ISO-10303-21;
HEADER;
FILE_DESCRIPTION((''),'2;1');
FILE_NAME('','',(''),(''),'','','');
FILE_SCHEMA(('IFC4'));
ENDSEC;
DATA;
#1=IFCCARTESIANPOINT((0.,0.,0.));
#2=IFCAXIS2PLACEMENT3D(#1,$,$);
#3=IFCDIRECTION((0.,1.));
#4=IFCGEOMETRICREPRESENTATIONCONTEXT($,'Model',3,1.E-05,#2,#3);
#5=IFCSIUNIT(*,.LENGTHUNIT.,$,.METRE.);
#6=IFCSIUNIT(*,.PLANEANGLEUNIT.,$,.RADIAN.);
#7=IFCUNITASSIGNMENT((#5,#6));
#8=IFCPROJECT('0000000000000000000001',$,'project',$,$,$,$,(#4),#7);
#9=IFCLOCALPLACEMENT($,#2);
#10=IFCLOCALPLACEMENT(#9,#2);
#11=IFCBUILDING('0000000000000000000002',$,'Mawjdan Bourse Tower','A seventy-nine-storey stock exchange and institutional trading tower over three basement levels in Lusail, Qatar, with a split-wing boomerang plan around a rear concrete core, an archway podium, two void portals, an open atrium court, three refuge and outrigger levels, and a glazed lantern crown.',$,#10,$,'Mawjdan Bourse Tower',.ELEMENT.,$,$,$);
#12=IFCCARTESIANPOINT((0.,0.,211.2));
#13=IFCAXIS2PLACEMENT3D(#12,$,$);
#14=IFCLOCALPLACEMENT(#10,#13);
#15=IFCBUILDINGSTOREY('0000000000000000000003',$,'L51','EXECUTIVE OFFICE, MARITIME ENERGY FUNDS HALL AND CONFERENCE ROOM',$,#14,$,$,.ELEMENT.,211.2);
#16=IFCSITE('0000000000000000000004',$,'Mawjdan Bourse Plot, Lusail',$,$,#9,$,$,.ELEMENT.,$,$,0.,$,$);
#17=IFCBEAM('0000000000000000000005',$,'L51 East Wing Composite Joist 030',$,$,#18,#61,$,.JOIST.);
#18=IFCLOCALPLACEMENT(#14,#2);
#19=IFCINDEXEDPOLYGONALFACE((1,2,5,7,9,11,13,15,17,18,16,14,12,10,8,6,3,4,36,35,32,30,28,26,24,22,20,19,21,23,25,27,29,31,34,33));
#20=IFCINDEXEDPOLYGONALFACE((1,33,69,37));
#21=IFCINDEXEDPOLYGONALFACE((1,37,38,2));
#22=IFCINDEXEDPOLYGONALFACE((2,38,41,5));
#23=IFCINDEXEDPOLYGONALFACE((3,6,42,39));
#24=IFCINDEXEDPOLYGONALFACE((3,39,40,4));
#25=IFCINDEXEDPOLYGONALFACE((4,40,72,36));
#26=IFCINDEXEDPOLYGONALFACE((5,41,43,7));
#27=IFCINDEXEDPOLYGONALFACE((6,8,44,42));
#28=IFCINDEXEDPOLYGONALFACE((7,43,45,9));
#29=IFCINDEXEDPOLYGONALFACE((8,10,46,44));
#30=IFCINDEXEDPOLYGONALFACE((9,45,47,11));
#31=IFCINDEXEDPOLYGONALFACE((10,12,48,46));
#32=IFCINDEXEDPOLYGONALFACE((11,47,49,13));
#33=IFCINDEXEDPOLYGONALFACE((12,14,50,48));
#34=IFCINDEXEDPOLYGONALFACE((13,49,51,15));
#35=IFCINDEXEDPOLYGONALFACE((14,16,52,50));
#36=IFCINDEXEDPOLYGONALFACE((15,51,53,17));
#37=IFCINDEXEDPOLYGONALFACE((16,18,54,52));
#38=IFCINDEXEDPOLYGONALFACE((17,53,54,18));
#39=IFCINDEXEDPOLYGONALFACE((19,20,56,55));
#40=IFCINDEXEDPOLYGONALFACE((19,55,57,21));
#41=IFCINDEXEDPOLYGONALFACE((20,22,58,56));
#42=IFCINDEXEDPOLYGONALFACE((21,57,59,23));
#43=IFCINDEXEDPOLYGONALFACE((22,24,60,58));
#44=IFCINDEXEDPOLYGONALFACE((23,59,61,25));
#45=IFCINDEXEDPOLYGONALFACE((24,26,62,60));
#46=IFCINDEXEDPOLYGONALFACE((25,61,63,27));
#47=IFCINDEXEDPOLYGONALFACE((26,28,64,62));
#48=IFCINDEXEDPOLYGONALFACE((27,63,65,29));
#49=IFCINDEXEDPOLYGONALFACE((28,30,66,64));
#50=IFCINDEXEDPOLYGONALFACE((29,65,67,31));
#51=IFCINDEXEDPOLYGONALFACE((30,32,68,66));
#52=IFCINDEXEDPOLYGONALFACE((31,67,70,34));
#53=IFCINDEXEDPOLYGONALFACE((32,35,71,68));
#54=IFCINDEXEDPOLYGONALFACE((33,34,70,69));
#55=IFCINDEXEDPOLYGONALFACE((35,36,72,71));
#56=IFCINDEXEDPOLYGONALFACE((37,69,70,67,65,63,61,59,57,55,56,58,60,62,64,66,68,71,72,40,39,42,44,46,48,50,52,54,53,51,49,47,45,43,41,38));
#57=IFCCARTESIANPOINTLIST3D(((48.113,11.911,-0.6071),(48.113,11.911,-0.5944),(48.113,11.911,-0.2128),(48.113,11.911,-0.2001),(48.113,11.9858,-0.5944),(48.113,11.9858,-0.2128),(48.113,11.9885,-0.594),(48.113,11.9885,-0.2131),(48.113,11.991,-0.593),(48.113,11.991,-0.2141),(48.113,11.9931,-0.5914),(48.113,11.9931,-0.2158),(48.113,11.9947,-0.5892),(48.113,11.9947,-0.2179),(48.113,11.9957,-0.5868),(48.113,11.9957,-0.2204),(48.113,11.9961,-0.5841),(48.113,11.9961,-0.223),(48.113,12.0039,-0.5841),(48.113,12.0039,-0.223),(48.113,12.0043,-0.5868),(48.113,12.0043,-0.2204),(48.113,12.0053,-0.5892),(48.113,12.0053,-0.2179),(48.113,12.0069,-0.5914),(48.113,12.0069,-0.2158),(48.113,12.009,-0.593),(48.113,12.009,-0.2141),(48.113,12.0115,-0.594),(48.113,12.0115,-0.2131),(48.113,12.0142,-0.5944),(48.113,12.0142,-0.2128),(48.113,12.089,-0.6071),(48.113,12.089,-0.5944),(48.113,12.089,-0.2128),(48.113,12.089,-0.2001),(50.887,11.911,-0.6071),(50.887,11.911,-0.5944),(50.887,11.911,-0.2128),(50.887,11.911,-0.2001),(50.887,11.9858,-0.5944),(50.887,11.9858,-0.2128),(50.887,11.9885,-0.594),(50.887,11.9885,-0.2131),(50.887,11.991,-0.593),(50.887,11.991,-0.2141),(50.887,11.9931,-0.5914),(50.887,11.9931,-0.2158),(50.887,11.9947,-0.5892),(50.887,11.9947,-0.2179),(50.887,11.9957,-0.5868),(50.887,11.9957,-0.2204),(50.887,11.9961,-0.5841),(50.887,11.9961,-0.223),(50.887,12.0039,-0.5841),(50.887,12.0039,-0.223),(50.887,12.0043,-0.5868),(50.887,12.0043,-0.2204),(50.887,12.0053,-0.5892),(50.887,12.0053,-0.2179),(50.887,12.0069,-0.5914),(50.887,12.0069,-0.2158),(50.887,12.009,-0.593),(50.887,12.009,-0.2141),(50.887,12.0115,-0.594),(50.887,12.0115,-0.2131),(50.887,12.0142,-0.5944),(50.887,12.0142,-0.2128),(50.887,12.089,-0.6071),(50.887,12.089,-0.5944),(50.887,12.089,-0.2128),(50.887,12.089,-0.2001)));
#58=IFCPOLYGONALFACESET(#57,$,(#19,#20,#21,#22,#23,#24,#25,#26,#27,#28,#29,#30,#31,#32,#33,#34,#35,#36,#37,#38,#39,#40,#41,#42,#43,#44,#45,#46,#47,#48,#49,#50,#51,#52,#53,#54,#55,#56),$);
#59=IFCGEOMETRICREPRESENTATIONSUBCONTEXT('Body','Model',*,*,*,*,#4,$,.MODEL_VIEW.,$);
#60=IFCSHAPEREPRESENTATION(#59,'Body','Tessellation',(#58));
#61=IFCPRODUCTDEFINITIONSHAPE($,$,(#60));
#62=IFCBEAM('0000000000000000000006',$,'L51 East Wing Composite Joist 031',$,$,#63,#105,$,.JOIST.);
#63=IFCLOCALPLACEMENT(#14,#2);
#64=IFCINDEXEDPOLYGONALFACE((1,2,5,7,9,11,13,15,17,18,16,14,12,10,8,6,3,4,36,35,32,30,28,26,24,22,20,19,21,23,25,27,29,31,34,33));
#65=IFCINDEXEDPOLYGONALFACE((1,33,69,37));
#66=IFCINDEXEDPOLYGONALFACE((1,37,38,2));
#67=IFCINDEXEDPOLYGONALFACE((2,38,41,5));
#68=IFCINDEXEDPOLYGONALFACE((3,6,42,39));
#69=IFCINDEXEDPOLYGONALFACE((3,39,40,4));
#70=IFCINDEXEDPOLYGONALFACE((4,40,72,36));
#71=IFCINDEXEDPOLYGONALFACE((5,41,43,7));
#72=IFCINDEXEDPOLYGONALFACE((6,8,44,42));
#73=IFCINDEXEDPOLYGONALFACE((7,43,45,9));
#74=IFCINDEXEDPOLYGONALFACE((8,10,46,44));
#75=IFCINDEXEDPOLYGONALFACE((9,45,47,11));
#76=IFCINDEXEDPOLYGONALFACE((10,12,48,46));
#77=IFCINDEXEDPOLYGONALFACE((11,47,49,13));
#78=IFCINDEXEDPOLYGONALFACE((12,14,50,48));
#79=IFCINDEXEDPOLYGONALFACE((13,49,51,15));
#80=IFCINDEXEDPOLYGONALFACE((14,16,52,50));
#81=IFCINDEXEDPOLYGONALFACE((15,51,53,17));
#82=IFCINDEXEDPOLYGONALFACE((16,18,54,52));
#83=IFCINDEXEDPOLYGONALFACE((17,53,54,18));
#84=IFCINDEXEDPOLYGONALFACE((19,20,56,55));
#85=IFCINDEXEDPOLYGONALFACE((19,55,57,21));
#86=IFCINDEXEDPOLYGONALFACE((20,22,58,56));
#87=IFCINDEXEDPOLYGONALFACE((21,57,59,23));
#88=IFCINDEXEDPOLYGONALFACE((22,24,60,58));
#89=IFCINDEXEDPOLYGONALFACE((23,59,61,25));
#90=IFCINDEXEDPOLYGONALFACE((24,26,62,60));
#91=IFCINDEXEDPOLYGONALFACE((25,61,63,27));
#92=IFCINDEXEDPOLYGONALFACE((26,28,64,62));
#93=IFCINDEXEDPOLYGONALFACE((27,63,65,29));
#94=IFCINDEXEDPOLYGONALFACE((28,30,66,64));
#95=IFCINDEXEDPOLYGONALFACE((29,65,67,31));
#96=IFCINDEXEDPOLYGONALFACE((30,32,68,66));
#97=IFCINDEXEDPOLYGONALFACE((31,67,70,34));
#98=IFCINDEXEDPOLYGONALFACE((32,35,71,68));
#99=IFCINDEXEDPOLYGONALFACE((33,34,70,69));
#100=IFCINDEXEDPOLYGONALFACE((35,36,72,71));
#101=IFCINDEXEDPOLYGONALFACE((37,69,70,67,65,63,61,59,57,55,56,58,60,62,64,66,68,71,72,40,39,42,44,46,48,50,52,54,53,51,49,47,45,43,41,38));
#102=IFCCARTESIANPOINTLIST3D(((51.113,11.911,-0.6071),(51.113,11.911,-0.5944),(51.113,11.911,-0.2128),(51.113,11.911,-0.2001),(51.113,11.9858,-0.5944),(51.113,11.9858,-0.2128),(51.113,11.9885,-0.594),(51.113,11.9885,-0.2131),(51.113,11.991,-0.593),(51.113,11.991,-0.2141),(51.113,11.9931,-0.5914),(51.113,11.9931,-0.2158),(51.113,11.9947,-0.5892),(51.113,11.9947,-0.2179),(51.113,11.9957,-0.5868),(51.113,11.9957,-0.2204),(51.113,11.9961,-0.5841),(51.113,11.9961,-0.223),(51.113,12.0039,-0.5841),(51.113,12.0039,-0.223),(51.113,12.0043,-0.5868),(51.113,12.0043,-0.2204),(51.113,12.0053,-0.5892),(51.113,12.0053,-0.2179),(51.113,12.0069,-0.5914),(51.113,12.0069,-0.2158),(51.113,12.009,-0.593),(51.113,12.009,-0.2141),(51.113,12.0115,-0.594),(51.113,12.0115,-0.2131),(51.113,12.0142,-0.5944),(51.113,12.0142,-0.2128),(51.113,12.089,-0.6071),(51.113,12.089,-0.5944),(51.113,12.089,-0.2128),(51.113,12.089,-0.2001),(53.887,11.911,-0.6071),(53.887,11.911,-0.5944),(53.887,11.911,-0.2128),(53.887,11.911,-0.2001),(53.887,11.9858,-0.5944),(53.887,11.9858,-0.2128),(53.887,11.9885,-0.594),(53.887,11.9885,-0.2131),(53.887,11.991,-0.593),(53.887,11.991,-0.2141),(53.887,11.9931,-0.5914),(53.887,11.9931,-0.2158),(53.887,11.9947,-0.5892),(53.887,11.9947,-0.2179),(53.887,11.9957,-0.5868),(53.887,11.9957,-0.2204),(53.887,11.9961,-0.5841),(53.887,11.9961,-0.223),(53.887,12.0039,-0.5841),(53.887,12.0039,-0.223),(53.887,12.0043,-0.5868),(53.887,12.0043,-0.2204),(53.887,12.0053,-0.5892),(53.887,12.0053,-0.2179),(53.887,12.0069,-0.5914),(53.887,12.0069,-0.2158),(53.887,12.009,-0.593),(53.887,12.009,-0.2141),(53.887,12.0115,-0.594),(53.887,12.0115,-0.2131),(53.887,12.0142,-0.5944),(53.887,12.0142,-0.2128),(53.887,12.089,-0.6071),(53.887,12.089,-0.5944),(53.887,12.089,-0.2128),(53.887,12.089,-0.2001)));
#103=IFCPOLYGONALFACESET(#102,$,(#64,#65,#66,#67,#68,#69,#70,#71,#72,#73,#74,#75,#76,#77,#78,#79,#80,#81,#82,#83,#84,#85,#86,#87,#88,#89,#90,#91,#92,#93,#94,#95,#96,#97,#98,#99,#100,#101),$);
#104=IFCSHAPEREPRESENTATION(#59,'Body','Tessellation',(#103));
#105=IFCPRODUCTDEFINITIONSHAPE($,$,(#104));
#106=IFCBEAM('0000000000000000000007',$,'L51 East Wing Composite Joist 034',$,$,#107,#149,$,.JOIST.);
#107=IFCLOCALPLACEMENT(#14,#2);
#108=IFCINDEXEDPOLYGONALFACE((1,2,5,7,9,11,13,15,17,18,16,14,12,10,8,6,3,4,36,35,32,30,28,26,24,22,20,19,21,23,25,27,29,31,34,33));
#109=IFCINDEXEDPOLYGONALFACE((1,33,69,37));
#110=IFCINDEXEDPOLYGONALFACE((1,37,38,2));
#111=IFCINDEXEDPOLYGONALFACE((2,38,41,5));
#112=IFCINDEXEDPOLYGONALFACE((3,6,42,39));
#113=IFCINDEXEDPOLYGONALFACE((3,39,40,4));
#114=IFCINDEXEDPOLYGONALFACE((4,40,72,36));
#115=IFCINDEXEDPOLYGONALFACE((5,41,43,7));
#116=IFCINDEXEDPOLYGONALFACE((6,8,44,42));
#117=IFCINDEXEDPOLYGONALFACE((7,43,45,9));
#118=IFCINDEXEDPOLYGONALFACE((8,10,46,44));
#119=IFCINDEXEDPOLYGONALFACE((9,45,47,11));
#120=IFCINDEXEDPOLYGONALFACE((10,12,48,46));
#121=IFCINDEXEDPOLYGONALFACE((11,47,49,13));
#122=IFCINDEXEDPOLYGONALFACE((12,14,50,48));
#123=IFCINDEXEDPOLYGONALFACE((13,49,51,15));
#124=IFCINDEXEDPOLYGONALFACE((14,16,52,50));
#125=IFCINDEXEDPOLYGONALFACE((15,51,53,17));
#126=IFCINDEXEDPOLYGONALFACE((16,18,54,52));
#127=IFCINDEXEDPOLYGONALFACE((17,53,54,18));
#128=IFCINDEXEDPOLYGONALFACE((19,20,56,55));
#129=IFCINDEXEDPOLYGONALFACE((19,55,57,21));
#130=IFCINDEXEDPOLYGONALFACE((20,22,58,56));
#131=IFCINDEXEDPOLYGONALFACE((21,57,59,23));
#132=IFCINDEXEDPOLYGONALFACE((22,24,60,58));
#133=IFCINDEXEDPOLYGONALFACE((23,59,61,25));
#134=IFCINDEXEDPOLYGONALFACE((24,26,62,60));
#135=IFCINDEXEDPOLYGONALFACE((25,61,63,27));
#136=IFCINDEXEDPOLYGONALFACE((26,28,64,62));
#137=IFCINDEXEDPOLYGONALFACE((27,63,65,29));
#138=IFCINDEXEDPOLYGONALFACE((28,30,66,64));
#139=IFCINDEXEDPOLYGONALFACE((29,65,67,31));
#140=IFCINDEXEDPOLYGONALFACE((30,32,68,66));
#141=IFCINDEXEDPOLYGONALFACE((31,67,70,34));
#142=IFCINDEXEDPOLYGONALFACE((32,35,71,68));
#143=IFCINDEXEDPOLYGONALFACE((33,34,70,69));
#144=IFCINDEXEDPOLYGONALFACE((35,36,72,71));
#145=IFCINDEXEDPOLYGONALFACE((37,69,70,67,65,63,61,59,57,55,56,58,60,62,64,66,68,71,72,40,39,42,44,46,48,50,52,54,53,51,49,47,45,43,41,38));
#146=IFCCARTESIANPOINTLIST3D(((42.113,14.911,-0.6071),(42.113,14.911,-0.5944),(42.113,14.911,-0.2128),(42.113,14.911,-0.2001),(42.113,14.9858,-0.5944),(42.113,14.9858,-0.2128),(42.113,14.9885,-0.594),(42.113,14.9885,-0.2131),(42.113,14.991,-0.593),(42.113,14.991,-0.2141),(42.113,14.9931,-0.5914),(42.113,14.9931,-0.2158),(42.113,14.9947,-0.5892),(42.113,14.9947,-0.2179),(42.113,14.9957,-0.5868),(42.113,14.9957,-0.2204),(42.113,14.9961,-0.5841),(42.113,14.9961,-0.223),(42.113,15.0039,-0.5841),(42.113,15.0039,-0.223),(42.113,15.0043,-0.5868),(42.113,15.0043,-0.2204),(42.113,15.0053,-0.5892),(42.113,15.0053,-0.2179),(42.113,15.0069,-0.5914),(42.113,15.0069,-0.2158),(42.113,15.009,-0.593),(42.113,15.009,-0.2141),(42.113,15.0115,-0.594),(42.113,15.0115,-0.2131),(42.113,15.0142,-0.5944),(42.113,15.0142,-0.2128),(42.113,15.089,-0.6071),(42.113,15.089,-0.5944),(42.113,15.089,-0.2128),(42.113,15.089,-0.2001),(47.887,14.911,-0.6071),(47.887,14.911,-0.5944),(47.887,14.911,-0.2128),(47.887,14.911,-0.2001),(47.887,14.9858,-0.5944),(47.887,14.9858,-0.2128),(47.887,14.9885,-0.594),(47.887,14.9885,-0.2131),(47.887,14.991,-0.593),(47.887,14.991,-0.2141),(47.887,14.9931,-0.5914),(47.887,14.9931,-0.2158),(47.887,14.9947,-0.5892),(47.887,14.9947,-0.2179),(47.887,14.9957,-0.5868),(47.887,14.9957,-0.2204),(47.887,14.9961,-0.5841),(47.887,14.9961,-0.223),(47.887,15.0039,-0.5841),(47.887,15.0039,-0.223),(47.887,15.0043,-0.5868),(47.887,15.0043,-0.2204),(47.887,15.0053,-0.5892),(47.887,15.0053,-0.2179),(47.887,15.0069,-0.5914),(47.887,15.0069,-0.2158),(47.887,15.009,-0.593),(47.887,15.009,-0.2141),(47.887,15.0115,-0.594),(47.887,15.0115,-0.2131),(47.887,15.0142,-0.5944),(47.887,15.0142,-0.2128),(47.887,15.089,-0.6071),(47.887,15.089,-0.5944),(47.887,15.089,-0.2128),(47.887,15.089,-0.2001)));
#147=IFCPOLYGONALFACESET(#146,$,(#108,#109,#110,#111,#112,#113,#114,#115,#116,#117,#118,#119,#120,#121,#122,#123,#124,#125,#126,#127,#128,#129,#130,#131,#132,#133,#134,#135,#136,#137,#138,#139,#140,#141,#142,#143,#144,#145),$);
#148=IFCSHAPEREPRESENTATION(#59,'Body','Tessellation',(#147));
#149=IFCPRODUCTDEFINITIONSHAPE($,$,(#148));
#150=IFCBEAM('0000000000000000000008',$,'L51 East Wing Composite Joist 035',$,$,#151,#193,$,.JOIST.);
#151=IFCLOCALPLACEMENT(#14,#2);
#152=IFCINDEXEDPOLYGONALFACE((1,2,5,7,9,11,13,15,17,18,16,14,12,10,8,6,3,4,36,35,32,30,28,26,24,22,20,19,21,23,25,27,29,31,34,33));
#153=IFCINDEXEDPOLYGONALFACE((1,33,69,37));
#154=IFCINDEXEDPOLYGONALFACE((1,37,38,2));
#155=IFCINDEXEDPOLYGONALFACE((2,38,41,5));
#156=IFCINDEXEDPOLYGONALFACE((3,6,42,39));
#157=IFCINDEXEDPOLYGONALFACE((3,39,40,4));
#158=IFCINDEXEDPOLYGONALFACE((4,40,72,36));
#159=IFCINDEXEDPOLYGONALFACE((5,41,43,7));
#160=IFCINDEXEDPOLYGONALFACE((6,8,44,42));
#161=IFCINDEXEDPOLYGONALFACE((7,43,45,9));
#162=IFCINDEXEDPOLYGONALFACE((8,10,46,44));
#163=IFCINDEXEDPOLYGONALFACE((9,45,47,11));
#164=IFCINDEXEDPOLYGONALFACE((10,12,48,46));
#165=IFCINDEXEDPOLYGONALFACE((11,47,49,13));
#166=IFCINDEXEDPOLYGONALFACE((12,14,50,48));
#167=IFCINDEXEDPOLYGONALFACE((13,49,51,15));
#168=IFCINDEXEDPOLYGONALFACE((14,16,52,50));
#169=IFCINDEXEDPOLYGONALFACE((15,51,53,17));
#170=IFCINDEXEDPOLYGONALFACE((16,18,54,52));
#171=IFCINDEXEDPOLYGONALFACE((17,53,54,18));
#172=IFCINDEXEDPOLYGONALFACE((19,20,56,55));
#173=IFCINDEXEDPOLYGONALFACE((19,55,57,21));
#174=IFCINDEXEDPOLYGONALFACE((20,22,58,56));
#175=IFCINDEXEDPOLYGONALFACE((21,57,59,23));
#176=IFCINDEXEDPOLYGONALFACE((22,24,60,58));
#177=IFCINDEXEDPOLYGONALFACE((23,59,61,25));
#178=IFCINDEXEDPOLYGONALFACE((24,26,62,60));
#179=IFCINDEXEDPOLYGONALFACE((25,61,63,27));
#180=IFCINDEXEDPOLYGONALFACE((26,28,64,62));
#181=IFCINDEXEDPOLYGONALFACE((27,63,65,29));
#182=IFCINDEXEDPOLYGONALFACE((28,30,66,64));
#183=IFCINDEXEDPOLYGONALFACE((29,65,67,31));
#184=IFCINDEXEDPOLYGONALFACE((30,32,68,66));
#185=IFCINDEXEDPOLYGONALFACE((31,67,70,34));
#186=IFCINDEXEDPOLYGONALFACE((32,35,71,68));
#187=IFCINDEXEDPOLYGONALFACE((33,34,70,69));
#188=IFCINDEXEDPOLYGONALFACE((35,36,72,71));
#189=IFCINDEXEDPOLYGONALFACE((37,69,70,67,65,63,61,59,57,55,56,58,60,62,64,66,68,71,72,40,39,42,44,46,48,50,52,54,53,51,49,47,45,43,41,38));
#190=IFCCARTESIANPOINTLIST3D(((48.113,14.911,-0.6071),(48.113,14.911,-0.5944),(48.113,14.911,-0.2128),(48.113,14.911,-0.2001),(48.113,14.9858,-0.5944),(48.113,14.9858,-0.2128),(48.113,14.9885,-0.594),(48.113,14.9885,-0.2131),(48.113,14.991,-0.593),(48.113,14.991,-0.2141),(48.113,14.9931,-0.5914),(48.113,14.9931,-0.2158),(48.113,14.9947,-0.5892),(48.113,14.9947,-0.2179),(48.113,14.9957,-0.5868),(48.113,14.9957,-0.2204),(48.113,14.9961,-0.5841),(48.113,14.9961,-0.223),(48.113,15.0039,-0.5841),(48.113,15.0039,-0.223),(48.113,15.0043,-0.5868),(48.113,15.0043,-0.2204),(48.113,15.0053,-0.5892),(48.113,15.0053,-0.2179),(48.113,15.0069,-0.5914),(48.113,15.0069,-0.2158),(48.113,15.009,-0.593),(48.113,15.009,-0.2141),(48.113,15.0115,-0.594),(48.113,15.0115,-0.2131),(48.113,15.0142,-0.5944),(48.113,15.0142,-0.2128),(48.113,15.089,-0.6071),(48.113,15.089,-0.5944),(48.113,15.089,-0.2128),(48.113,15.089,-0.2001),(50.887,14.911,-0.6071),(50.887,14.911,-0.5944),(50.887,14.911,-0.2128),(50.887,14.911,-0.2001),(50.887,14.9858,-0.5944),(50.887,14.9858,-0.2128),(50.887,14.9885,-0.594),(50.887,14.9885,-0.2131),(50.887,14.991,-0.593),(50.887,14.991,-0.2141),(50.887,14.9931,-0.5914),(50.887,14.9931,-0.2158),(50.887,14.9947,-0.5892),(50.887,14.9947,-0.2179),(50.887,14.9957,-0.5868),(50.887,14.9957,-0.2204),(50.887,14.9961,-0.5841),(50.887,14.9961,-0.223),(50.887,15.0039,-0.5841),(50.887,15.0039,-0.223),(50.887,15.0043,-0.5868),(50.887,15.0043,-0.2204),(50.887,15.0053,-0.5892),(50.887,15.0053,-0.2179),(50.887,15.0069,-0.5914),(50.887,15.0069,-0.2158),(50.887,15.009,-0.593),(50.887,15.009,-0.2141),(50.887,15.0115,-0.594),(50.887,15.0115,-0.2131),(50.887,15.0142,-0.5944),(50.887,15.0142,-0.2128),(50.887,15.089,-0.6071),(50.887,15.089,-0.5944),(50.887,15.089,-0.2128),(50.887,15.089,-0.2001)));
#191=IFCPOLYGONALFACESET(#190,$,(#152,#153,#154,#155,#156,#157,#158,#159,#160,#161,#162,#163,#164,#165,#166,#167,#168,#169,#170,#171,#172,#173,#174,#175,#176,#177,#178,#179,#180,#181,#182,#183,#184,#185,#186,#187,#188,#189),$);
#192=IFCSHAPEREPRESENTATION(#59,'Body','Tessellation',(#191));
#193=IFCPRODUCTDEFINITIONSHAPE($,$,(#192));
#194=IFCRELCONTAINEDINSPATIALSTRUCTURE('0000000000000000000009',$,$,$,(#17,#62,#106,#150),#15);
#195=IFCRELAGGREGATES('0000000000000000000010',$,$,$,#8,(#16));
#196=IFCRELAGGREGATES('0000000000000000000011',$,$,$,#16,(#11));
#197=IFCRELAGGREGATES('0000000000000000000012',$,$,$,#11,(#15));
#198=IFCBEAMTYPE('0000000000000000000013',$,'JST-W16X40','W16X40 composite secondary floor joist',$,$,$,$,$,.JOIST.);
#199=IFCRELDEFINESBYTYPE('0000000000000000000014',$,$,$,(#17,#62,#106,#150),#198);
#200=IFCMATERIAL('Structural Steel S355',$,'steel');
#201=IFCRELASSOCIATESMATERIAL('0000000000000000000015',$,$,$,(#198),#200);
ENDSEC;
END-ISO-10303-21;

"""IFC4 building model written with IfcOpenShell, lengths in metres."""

from ifc_helpers import new_model, si_unit, direction, frame, origin, origin_2d, place, context, subcontext, project, spatial, i_section, extrude, material, material_profile, profile_set, type_object, element, save


model = new_model("IFC4")

# Units and contexts
model_context = context("Model", 3, precision=1e-05, world=origin(), true_north=direction((0.0, 1.0)))
body_context = subcontext(model_context, "Body", "Model", "MODEL_VIEW")
ifc_project = project(units=[si_unit("LENGTHUNIT", "METRE"), si_unit("PLANEANGLEUNIT", "RADIAN")], contexts=[model_context])

# Site, building, storey
site_placement = place(None, origin())
site = spatial("IfcSite", under=ifc_project, at=site_placement, Name="Mawjdan Bourse Plot, Lusail", CompositionType="ELEMENT", RefElevation=0.0)
building_placement = place(site_placement, origin())
building = spatial("IfcBuilding", under=site, at=building_placement, Name="Mawjdan Bourse Tower", Description="A seventy-nine-storey stock exchange and institutional trading tower over three basement levels in Lusail, Qatar, with a split-wing boomerang plan around a rear concrete core, an archway podium, two void portals, an open atrium court, three refuge and outrigger levels, and a glazed lantern crown.", LongName="Mawjdan Bourse Tower", CompositionType="ELEMENT")
storey_placement = place(building_placement, frame((0.0, 0.0, 211.2)))
storey = spatial("IfcBuildingStorey", under=building, at=storey_placement, Name="L51", Description="EXECUTIVE OFFICE, MARITIME ENERGY FUNDS HALL AND CONFERENCE ROOM", CompositionType="ELEMENT", Elevation=211.2)

# Beams
ifc_material_1 = material(Name="Structural Steel S355", Category="steel")
ifc_material_profile_1 = material_profile(ifc_material_1, i_section(OverallWidth=0.178, OverallDepth=0.407, WebThickness=0.0078, FlangeThickness=0.0127, FilletRadius=0.0103, at=origin_2d()), Name="W16X40")
ifc_profile_set_1 = profile_set([ifc_material_profile_1], Name="Structural Steel S355")
beam_type_1 = type_object("IfcBeamType", Name="JST-W16X40", Description="W16X40 composite secondary floor joist", PredefinedType="JOIST", material=ifc_profile_set_1)
for number, where, z_axis, x_axis, name in (
    (1, (48.113, 12.0, -0.4036), (1.0, 0.0, 0.0), (0.0, 1.0, 0.0), "L51 East Wing Composite Joist 030"),
    (2, (51.113, 12.0, -0.4036), (1.0, 0.0, 0.0), (0.0, 1.0, 0.0), "L51 East Wing Composite Joist 031"),
):
    element("IfcBeam", number, at=place(storey_placement, frame(where, z_axis=z_axis, x_axis=x_axis)), inside=storey, type_object=beam_type_1, Name=name, PredefinedType="JOIST", context=body_context, shape_type="SweptSolid", body=[
        extrude(i_section(OverallWidth=0.178, OverallDepth=0.407, WebThickness=0.0078, FlangeThickness=0.0127, FilletRadius=0.0103, at=origin_2d()), origin(), (0.0, 0.0, 1.0), 2.7739),
    ])
beam_1_placement = place(storey_placement, frame((42.113, 15.0, -0.4036), z_axis=(1.0, 0.0, 0.0), x_axis=(0.0, 1.0, 0.0)))
element("IfcBeam", 3, at=beam_1_placement, inside=storey, type_object=beam_type_1, Name="L51 East Wing Composite Joist 034", PredefinedType="JOIST", context=body_context, shape_type="SweptSolid", body=[
    extrude(i_section(OverallWidth=0.178, OverallDepth=0.407, WebThickness=0.0078, FlangeThickness=0.0127, FilletRadius=0.0103, at=origin_2d()), origin(), (0.0, 0.0, 1.0), 5.7739),
])
for number, where, z_axis, x_axis, name in (
    (4, (48.113, 15.0, -0.4036), (1.0, 0.0, 0.0), (0.0, 1.0, 0.0), "L51 East Wing Composite Joist 035"),
):
    element("IfcBeam", number, at=place(storey_placement, frame(where, z_axis=z_axis, x_axis=x_axis)), inside=storey, type_object=beam_type_1, Name=name, PredefinedType="JOIST", context=body_context, shape_type="SweptSolid", body=[
        extrude(i_section(OverallWidth=0.178, OverallDepth=0.407, WebThickness=0.0078, FlangeThickness=0.0127, FilletRadius=0.0103, at=origin_2d()), origin(), (0.0, 0.0, 1.0), 2.7739),
    ])

save(model, "model.ifc")
